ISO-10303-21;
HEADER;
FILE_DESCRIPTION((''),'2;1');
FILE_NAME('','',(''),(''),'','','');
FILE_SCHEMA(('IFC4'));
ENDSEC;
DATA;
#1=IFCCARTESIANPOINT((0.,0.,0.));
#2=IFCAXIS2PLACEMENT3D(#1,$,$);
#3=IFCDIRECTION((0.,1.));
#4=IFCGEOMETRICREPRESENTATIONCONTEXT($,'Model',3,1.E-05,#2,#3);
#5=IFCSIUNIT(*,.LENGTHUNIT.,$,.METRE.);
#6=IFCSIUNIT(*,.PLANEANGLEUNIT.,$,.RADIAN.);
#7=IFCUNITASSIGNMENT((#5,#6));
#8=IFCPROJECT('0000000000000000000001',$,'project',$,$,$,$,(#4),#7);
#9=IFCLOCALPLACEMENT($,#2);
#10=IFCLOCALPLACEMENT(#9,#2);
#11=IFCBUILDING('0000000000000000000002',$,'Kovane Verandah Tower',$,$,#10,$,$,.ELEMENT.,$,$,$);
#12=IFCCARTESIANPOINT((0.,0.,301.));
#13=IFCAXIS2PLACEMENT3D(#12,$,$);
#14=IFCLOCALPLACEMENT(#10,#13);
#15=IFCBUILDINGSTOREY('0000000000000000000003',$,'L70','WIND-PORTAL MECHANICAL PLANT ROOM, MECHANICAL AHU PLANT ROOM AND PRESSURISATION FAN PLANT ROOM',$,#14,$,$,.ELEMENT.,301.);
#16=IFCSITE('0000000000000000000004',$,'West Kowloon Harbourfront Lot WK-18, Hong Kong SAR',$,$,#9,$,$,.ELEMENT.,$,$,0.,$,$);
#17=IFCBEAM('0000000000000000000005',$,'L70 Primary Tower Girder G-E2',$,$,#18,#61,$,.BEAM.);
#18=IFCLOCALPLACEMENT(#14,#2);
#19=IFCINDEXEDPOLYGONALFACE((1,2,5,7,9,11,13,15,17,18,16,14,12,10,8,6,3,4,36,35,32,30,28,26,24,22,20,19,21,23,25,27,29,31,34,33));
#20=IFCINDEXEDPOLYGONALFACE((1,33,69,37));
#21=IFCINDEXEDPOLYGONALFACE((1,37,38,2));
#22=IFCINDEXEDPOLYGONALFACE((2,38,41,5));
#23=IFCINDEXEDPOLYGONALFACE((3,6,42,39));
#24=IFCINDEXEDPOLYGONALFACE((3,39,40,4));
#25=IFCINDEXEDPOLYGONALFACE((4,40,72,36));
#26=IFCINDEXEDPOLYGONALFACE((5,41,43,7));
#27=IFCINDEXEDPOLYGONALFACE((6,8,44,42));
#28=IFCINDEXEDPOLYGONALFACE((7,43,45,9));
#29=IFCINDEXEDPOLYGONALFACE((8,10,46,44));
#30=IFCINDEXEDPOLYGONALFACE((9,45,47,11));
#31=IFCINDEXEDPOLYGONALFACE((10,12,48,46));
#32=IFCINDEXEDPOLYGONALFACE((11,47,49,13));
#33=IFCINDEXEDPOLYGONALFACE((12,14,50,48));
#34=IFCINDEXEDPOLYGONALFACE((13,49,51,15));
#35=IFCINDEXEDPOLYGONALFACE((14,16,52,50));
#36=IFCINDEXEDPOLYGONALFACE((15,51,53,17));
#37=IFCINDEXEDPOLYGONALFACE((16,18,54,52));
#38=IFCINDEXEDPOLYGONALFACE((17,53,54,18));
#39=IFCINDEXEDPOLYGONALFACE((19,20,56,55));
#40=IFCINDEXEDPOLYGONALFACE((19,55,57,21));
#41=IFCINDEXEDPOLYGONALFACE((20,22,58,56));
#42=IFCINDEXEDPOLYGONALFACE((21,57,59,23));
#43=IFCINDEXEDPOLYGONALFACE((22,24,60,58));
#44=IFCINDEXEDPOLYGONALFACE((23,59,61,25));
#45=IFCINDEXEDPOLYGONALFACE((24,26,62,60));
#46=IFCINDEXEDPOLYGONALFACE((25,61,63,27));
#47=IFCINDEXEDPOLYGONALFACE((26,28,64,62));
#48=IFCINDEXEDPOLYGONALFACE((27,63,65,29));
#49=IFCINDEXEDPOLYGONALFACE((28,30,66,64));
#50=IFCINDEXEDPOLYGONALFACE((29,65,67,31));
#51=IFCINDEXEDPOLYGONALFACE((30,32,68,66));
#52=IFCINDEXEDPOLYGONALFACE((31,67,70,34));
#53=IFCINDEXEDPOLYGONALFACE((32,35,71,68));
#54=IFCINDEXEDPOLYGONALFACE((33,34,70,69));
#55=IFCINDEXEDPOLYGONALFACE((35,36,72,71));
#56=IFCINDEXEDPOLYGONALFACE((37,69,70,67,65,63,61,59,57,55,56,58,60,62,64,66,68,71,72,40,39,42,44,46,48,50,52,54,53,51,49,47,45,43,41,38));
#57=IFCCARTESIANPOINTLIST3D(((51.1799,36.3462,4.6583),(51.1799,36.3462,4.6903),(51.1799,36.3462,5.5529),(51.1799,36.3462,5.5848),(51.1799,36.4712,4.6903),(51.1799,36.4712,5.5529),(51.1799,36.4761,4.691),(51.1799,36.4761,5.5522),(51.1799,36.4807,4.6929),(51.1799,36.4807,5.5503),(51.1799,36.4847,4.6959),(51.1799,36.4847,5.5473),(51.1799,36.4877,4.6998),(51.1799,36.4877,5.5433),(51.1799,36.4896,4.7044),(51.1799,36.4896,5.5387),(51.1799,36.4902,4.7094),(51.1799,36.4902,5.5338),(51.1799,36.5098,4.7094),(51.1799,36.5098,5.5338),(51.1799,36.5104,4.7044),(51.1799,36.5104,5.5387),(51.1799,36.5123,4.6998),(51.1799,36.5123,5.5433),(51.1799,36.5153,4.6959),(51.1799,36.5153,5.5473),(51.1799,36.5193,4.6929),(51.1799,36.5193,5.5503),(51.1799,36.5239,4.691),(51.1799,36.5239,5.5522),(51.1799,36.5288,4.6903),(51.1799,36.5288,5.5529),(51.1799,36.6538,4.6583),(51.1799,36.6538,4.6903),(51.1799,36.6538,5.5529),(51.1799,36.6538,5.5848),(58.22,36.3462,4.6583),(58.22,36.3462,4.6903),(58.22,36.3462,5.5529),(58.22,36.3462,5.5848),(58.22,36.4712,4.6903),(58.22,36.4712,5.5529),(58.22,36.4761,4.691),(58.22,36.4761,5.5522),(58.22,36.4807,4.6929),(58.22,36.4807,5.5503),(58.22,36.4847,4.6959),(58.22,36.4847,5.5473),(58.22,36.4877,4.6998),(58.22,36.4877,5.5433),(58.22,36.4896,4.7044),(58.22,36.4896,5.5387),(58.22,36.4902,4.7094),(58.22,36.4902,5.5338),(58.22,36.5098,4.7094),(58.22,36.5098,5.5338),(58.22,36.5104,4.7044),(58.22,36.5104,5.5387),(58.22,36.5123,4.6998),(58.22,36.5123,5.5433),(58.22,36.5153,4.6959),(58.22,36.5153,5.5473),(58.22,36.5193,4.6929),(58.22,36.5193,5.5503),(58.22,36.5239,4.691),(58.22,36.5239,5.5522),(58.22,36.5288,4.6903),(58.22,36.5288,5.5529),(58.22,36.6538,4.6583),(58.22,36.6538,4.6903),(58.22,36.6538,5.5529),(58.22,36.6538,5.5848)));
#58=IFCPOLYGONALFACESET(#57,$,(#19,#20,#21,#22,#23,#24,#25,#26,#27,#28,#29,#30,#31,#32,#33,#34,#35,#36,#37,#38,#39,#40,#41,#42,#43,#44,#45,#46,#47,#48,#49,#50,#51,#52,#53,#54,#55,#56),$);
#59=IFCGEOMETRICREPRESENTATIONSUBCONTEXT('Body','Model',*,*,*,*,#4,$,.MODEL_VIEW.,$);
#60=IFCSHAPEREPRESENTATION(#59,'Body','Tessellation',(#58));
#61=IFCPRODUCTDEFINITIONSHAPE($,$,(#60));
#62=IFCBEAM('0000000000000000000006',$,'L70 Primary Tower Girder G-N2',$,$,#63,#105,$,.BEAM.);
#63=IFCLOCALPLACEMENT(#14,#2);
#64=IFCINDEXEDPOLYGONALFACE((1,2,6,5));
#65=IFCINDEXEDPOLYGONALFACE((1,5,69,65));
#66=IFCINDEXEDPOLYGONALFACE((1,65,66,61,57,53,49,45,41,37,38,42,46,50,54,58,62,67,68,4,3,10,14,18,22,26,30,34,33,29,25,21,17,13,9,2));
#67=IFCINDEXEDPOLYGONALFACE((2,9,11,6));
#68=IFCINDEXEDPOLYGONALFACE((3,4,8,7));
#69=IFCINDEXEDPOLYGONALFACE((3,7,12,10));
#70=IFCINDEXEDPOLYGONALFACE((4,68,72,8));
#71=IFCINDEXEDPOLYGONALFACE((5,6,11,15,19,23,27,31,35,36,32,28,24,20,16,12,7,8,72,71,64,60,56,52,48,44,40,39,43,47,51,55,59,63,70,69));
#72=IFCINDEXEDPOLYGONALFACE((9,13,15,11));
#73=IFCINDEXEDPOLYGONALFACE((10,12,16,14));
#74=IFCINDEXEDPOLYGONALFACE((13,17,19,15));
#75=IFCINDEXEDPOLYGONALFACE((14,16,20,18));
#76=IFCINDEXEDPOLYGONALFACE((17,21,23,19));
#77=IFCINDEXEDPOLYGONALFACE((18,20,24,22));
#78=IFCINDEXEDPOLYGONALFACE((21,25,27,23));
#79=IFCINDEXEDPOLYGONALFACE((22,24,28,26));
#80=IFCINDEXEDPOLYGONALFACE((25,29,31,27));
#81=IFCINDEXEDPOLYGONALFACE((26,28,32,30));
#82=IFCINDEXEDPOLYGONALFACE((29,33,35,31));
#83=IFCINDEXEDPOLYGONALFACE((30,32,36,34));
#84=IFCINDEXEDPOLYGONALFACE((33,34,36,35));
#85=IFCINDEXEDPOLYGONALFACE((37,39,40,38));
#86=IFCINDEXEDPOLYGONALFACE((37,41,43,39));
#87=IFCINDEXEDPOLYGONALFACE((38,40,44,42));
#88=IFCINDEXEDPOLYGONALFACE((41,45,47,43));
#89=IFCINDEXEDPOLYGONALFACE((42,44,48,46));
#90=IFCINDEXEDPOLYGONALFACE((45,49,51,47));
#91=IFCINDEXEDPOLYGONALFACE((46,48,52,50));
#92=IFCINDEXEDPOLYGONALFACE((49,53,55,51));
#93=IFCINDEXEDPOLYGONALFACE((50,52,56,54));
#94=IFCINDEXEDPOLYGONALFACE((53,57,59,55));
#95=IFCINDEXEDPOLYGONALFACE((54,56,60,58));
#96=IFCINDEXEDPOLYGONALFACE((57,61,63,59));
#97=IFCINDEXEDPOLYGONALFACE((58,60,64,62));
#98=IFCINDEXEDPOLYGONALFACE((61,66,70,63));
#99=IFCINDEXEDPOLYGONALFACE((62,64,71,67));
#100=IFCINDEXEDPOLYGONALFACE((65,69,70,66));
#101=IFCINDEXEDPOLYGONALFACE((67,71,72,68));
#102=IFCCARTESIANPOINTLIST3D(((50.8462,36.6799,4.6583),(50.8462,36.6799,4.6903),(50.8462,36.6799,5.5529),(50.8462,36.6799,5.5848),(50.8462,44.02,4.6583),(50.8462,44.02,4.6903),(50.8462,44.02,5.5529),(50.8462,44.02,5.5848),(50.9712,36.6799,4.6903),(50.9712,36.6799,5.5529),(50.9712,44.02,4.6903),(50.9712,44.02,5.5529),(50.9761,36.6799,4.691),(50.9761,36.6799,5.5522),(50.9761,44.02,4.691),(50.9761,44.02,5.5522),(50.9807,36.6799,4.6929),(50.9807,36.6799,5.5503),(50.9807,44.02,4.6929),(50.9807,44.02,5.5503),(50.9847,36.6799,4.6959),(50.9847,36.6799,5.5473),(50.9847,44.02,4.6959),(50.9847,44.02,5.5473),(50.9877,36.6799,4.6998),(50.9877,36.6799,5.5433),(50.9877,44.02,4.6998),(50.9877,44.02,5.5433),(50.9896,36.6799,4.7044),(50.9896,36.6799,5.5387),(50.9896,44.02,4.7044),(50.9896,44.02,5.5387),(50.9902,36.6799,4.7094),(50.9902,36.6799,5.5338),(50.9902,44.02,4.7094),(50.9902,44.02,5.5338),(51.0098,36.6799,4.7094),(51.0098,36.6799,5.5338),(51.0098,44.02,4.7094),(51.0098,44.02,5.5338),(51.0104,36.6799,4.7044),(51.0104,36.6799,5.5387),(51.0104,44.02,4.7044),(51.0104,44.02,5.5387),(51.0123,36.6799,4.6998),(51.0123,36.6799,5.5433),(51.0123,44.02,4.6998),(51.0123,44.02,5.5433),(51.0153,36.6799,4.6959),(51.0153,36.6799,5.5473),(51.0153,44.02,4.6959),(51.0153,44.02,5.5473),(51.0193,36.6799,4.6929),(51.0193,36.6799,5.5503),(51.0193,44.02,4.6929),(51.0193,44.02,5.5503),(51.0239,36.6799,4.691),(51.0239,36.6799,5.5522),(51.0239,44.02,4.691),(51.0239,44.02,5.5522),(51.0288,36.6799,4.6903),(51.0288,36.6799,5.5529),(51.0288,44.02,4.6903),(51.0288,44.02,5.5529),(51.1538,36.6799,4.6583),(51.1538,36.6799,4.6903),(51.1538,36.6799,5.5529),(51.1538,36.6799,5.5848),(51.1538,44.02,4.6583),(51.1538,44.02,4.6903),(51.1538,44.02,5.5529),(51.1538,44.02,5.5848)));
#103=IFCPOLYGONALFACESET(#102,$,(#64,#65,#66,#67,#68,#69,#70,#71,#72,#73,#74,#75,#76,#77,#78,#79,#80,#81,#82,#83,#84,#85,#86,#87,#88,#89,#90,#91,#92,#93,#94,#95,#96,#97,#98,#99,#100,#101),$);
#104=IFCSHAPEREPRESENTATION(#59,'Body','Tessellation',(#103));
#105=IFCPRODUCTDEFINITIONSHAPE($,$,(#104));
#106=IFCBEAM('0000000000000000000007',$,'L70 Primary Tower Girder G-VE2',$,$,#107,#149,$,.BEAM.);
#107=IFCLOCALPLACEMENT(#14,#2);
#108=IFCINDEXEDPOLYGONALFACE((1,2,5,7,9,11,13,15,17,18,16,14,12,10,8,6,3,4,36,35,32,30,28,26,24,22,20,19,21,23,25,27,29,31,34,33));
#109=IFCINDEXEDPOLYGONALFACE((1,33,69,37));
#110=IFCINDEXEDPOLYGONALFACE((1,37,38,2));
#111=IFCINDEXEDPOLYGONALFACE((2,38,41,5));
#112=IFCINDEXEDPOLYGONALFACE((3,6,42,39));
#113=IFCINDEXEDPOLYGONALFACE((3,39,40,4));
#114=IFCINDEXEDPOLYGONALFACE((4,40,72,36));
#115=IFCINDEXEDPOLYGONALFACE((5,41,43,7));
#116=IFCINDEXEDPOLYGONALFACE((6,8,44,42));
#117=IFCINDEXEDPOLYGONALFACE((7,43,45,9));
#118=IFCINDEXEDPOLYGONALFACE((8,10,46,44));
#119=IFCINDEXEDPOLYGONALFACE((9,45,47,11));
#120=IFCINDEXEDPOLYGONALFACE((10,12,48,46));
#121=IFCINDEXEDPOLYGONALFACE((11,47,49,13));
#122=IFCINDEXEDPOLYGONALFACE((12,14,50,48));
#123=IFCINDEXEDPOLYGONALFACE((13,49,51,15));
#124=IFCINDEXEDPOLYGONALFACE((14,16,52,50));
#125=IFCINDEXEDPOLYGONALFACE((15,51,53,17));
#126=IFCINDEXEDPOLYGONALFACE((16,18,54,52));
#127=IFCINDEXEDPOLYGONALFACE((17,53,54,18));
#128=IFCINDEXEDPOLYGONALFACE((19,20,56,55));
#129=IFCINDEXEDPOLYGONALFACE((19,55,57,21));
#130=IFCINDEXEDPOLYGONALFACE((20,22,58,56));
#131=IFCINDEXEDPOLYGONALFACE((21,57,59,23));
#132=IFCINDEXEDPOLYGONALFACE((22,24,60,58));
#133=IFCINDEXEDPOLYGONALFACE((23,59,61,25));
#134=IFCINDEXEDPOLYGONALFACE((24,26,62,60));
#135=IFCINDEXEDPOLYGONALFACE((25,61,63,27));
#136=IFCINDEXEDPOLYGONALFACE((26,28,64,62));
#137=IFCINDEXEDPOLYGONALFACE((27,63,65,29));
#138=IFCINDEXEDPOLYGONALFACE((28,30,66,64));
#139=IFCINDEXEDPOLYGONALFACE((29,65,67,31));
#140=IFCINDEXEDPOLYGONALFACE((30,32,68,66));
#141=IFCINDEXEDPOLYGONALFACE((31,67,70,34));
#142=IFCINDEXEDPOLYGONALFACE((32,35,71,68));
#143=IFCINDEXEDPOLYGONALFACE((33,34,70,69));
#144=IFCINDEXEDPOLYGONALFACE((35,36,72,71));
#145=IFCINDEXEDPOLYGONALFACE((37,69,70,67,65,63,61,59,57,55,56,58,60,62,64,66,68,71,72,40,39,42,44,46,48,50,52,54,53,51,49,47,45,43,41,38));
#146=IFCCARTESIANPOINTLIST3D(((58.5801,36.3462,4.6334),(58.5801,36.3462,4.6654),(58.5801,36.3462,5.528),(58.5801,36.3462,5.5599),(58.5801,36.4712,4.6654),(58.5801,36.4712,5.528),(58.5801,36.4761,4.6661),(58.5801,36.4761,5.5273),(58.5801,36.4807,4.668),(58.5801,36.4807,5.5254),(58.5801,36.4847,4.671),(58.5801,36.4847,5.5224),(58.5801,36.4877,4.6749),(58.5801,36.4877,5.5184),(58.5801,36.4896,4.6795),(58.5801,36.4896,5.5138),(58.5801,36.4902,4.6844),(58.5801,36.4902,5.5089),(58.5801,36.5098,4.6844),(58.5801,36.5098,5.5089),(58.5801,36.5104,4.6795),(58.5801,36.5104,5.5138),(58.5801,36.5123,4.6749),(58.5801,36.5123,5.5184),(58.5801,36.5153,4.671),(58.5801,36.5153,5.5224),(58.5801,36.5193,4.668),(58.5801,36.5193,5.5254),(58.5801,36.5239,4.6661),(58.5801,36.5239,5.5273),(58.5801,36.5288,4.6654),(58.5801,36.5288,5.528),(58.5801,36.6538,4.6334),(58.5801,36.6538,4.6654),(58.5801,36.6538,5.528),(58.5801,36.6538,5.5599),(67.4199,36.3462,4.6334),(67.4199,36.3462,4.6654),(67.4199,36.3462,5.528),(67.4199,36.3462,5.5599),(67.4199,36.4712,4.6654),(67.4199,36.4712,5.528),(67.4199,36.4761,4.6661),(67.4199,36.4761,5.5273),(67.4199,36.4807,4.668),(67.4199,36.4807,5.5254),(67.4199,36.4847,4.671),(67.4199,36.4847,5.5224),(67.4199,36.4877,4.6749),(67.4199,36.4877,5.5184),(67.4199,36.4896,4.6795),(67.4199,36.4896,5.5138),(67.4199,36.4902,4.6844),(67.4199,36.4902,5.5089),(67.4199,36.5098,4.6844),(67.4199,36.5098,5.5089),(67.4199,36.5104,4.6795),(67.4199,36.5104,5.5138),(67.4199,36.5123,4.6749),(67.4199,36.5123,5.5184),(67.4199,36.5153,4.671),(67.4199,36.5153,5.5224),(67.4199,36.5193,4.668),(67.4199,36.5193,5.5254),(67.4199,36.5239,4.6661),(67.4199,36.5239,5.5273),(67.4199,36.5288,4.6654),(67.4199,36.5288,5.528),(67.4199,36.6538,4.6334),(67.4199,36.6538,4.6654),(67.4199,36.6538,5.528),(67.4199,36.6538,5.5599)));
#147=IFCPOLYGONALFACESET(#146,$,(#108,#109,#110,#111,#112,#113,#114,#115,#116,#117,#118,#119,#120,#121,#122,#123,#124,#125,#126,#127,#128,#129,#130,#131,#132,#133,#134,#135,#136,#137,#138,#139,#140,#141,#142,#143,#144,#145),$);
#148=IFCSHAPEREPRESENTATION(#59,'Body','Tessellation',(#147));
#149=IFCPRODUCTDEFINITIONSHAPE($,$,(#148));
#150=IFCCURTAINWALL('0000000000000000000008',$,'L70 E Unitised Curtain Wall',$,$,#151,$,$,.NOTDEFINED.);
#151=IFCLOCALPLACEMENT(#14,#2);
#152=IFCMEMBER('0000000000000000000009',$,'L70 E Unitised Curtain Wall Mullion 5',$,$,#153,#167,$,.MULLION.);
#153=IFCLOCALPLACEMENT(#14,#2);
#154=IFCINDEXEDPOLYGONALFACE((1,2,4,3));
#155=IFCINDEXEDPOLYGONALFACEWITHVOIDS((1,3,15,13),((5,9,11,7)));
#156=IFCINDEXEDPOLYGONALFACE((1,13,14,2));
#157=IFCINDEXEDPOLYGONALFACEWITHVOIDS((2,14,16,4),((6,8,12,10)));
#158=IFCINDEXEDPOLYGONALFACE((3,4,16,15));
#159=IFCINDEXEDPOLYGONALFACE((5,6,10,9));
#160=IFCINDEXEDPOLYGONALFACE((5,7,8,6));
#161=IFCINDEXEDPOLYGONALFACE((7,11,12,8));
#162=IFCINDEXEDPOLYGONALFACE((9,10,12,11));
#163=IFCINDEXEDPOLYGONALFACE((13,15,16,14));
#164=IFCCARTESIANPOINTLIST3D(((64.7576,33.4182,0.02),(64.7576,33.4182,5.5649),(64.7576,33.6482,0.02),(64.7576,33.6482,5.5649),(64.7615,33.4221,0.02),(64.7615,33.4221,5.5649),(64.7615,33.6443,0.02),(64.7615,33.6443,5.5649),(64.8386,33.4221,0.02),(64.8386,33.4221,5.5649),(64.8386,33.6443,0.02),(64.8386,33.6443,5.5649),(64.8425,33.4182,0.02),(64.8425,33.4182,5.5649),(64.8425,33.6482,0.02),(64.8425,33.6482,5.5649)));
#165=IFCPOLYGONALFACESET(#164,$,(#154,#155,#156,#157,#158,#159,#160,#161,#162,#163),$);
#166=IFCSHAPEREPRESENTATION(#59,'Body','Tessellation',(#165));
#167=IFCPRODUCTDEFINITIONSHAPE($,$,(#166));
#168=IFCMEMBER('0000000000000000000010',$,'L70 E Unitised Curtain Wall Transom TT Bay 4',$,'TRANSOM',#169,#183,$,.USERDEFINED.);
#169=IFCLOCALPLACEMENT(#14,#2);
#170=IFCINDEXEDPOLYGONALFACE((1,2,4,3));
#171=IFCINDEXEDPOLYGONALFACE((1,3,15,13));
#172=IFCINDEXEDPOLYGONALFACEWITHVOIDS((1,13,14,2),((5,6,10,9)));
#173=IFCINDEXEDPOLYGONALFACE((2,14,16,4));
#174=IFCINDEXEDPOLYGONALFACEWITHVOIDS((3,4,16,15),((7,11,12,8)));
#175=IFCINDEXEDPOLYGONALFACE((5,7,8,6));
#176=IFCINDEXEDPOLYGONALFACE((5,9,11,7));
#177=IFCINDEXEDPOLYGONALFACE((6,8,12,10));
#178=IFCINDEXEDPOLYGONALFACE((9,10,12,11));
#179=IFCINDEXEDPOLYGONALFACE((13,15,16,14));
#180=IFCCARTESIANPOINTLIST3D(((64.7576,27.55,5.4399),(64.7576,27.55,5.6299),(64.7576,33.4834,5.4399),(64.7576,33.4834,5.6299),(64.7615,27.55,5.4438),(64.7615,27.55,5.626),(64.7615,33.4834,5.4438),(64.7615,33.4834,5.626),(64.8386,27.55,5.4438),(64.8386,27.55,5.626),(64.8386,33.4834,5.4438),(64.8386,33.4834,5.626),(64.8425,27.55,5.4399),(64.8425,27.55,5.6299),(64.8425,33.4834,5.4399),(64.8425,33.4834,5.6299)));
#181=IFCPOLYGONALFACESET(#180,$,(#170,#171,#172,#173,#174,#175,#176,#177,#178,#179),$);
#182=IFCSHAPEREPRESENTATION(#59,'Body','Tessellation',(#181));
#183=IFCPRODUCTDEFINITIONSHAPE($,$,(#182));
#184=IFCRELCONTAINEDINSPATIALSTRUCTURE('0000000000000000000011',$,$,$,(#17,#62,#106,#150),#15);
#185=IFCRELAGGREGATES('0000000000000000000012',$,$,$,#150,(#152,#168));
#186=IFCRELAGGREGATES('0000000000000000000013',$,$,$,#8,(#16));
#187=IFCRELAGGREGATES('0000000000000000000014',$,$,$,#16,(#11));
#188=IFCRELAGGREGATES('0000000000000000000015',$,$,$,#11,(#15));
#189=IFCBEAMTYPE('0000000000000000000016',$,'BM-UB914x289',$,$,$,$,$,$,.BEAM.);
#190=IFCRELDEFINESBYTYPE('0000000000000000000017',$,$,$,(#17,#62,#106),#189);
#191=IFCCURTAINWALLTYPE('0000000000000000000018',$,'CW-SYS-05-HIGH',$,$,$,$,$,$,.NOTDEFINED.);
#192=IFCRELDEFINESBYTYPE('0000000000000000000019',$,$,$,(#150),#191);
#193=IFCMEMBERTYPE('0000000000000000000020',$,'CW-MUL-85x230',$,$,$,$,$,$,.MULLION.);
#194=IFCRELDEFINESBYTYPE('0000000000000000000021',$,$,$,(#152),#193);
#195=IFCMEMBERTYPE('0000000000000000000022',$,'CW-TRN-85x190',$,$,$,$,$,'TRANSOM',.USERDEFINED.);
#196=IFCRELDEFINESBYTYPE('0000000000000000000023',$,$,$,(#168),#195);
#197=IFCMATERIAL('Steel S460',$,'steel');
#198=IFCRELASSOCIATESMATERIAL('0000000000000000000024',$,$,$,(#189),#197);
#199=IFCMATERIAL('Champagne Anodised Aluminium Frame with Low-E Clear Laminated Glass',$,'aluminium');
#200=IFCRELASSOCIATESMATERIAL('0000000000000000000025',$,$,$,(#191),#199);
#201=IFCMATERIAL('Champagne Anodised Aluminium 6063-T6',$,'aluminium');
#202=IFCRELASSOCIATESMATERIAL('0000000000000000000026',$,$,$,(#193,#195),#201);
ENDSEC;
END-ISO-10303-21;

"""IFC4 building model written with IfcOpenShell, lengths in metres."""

from ifc_helpers import new_model, si_unit, direction, frame, origin, origin_2d, place, context, subcontext, project, spatial, hollow_rectangle, i_section, extrude, material, material_profile, profile_set, type_object, element, aggregate, save


model = new_model("IFC4")

# Units and contexts
model_context = context("Model", 3, precision=1e-05, world=origin(), true_north=direction((0.0, 1.0)))
body_context = subcontext(model_context, "Body", "Model", "MODEL_VIEW")
ifc_project = project(units=[si_unit("LENGTHUNIT", "METRE"), si_unit("PLANEANGLEUNIT", "RADIAN")], contexts=[model_context])

# Site, building, storey
site_placement = place(None, origin())
site = spatial("IfcSite", under=ifc_project, at=site_placement, Name="West Kowloon Harbourfront Lot WK-18, Hong Kong SAR", CompositionType="ELEMENT", RefElevation=0.0)
building_placement = place(site_placement, origin())
building = spatial("IfcBuilding", under=site, at=building_placement, Name="Kovane Verandah Tower", CompositionType="ELEMENT")
storey_placement = place(building_placement, frame((0.0, 0.0, 301.0)))
storey = spatial("IfcBuildingStorey", under=building, at=storey_placement, Name="L70", Description="WIND-PORTAL MECHANICAL PLANT ROOM, MECHANICAL AHU PLANT ROOM AND PRESSURISATION FAN PLANT ROOM", CompositionType="ELEMENT", Elevation=301.0)

# Shared definitions
ifc_material_1 = material(Name="Steel S460", Category="steel")

# Beams
ifc_material_profile_1 = material_profile(ifc_material_1, i_section(OverallWidth=0.3076, OverallDepth=0.9265, WebThickness=0.0195, FlangeThickness=0.032, FilletRadius=0.019, at=origin_2d()), Name="UB914x305x289")
ifc_profile_set_1 = profile_set([ifc_material_profile_1], Name="Steel S460")
beam_type_1 = type_object("IfcBeamType", Name="BM-UB914x289", PredefinedType="BEAM", material=ifc_profile_set_1)
beam_1_placement = place(storey_placement, frame((51.1799, 36.5, 5.1216), z_axis=(1.0, 0.0, 0.0), x_axis=(0.0, 1.0, 0.0)))
element("IfcBeam", 1, at=beam_1_placement, inside=storey, type_object=beam_type_1, Name="L70 Primary Tower Girder G-E2", PredefinedType="BEAM", context=body_context, shape_type="SweptSolid", body=[
    extrude(i_section(OverallWidth=0.3076, OverallDepth=0.9265, WebThickness=0.0195, FlangeThickness=0.032, FilletRadius=0.019, at=origin_2d()), origin(), (0.0, 0.0, 1.0), 7.04),
])
beam_2_placement = place(storey_placement, frame((51.0, 36.6799, 5.1216), z_axis=(0.0, 1.0, 0.0), x_axis=(-1.0, 0.0, 0.0)))
element("IfcBeam", 2, at=beam_2_placement, inside=storey, type_object=beam_type_1, Name="L70 Primary Tower Girder G-N2", PredefinedType="BEAM", context=body_context, shape_type="SweptSolid", body=[
    extrude(i_section(OverallWidth=0.3076, OverallDepth=0.9265, WebThickness=0.0195, FlangeThickness=0.032, FilletRadius=0.019, at=origin_2d()), origin(), (0.0, 0.0, 1.0), 7.3401),
])
beam_3_placement = place(storey_placement, frame((58.5801, 36.5, 5.0967), z_axis=(1.0, 0.0, 0.0), x_axis=(0.0, 1.0, 0.0)))
element("IfcBeam", 3, at=beam_3_placement, inside=storey, type_object=beam_type_1, Name="L70 Primary Tower Girder G-VE2", PredefinedType="BEAM", context=body_context, shape_type="SweptSolid", body=[
    extrude(i_section(OverallWidth=0.3076, OverallDepth=0.9265, WebThickness=0.0195, FlangeThickness=0.032, FilletRadius=0.019, at=origin_2d()), origin(), (0.0, 0.0, 1.0), 8.8398),
])

# Curtain wall, members
ifc_material_2 = material(Name="Champagne Anodised Aluminium Frame with Low-E Clear Laminated Glass", Category="aluminium")
curtain_wall_type = type_object("IfcCurtainWallType", Name="CW-SYS-05-HIGH", PredefinedType="NOTDEFINED", material=ifc_material_2)
curtain_wall_placement = place(storey_placement, origin())
curtain_wall = element("IfcCurtainWall", 4, at=curtain_wall_placement, inside=storey, type_object=curtain_wall_type, Name="L70 E Unitised Curtain Wall", PredefinedType="NOTDEFINED")
ifc_material_3 = material(Name="Champagne Anodised Aluminium 6063-T6", Category="aluminium")
ifc_material_profile_2 = material_profile(ifc_material_3, hollow_rectangle(XDim=0.085, YDim=0.23, WallThickness=0.0039, at=origin_2d()), Name="AL85x230x4")
ifc_profile_set_2 = profile_set([ifc_material_profile_2], Name="Champagne Anodised Aluminium 6063-T6")
member_type_1 = type_object("IfcMemberType", Name="CW-MUL-85x230", PredefinedType="MULLION", material=ifc_profile_set_2)
member_1_placement = place(storey_placement, frame((64.8, 33.5332, 0.02), z_axis=(0.0, 0.0, 1.0), x_axis=(1.0, 0.0, 0.0)))
member_1 = element("IfcMember", 5, at=member_1_placement, type_object=member_type_1, Name="L70 E Unitised Curtain Wall Mullion 5", PredefinedType="MULLION", context=body_context, shape_type="SweptSolid", body=[
    extrude(hollow_rectangle(XDim=0.085, YDim=0.23, WallThickness=0.0039, at=origin_2d()), origin(), (0.0, 0.0, 1.0), 5.5449),
])
ifc_material_profile_3 = material_profile(ifc_material_3, hollow_rectangle(XDim=0.085, YDim=0.1899, WallThickness=0.0039, at=origin_2d()), Name="AL85x190x4")
ifc_profile_set_3 = profile_set([ifc_material_profile_3], Name="Champagne Anodised Aluminium 6063-T6")
member_type_2 = type_object("IfcMemberType", Name="CW-TRN-85x190", ElementType="TRANSOM", PredefinedType="USERDEFINED", material=ifc_profile_set_3)
member_2_placement = place(storey_placement, frame((64.8, 27.55, 5.5349), z_axis=(0.0, 1.0, 0.0), x_axis=(-1.0, 0.0, 0.0)))
member_2 = element("IfcMember", 6, at=member_2_placement, type_object=member_type_2, Name="L70 E Unitised Curtain Wall Transom TT Bay 4", ObjectType="TRANSOM", PredefinedType="USERDEFINED", context=body_context, shape_type="SweptSolid", body=[
    extrude(hollow_rectangle(XDim=0.085, YDim=0.1899, WallThickness=0.0039, at=origin_2d()), origin(), (0.0, 0.0, 1.0), 5.9333),
])

aggregate(curtain_wall, [member_1, member_2])

save(model, "model.ifc")
